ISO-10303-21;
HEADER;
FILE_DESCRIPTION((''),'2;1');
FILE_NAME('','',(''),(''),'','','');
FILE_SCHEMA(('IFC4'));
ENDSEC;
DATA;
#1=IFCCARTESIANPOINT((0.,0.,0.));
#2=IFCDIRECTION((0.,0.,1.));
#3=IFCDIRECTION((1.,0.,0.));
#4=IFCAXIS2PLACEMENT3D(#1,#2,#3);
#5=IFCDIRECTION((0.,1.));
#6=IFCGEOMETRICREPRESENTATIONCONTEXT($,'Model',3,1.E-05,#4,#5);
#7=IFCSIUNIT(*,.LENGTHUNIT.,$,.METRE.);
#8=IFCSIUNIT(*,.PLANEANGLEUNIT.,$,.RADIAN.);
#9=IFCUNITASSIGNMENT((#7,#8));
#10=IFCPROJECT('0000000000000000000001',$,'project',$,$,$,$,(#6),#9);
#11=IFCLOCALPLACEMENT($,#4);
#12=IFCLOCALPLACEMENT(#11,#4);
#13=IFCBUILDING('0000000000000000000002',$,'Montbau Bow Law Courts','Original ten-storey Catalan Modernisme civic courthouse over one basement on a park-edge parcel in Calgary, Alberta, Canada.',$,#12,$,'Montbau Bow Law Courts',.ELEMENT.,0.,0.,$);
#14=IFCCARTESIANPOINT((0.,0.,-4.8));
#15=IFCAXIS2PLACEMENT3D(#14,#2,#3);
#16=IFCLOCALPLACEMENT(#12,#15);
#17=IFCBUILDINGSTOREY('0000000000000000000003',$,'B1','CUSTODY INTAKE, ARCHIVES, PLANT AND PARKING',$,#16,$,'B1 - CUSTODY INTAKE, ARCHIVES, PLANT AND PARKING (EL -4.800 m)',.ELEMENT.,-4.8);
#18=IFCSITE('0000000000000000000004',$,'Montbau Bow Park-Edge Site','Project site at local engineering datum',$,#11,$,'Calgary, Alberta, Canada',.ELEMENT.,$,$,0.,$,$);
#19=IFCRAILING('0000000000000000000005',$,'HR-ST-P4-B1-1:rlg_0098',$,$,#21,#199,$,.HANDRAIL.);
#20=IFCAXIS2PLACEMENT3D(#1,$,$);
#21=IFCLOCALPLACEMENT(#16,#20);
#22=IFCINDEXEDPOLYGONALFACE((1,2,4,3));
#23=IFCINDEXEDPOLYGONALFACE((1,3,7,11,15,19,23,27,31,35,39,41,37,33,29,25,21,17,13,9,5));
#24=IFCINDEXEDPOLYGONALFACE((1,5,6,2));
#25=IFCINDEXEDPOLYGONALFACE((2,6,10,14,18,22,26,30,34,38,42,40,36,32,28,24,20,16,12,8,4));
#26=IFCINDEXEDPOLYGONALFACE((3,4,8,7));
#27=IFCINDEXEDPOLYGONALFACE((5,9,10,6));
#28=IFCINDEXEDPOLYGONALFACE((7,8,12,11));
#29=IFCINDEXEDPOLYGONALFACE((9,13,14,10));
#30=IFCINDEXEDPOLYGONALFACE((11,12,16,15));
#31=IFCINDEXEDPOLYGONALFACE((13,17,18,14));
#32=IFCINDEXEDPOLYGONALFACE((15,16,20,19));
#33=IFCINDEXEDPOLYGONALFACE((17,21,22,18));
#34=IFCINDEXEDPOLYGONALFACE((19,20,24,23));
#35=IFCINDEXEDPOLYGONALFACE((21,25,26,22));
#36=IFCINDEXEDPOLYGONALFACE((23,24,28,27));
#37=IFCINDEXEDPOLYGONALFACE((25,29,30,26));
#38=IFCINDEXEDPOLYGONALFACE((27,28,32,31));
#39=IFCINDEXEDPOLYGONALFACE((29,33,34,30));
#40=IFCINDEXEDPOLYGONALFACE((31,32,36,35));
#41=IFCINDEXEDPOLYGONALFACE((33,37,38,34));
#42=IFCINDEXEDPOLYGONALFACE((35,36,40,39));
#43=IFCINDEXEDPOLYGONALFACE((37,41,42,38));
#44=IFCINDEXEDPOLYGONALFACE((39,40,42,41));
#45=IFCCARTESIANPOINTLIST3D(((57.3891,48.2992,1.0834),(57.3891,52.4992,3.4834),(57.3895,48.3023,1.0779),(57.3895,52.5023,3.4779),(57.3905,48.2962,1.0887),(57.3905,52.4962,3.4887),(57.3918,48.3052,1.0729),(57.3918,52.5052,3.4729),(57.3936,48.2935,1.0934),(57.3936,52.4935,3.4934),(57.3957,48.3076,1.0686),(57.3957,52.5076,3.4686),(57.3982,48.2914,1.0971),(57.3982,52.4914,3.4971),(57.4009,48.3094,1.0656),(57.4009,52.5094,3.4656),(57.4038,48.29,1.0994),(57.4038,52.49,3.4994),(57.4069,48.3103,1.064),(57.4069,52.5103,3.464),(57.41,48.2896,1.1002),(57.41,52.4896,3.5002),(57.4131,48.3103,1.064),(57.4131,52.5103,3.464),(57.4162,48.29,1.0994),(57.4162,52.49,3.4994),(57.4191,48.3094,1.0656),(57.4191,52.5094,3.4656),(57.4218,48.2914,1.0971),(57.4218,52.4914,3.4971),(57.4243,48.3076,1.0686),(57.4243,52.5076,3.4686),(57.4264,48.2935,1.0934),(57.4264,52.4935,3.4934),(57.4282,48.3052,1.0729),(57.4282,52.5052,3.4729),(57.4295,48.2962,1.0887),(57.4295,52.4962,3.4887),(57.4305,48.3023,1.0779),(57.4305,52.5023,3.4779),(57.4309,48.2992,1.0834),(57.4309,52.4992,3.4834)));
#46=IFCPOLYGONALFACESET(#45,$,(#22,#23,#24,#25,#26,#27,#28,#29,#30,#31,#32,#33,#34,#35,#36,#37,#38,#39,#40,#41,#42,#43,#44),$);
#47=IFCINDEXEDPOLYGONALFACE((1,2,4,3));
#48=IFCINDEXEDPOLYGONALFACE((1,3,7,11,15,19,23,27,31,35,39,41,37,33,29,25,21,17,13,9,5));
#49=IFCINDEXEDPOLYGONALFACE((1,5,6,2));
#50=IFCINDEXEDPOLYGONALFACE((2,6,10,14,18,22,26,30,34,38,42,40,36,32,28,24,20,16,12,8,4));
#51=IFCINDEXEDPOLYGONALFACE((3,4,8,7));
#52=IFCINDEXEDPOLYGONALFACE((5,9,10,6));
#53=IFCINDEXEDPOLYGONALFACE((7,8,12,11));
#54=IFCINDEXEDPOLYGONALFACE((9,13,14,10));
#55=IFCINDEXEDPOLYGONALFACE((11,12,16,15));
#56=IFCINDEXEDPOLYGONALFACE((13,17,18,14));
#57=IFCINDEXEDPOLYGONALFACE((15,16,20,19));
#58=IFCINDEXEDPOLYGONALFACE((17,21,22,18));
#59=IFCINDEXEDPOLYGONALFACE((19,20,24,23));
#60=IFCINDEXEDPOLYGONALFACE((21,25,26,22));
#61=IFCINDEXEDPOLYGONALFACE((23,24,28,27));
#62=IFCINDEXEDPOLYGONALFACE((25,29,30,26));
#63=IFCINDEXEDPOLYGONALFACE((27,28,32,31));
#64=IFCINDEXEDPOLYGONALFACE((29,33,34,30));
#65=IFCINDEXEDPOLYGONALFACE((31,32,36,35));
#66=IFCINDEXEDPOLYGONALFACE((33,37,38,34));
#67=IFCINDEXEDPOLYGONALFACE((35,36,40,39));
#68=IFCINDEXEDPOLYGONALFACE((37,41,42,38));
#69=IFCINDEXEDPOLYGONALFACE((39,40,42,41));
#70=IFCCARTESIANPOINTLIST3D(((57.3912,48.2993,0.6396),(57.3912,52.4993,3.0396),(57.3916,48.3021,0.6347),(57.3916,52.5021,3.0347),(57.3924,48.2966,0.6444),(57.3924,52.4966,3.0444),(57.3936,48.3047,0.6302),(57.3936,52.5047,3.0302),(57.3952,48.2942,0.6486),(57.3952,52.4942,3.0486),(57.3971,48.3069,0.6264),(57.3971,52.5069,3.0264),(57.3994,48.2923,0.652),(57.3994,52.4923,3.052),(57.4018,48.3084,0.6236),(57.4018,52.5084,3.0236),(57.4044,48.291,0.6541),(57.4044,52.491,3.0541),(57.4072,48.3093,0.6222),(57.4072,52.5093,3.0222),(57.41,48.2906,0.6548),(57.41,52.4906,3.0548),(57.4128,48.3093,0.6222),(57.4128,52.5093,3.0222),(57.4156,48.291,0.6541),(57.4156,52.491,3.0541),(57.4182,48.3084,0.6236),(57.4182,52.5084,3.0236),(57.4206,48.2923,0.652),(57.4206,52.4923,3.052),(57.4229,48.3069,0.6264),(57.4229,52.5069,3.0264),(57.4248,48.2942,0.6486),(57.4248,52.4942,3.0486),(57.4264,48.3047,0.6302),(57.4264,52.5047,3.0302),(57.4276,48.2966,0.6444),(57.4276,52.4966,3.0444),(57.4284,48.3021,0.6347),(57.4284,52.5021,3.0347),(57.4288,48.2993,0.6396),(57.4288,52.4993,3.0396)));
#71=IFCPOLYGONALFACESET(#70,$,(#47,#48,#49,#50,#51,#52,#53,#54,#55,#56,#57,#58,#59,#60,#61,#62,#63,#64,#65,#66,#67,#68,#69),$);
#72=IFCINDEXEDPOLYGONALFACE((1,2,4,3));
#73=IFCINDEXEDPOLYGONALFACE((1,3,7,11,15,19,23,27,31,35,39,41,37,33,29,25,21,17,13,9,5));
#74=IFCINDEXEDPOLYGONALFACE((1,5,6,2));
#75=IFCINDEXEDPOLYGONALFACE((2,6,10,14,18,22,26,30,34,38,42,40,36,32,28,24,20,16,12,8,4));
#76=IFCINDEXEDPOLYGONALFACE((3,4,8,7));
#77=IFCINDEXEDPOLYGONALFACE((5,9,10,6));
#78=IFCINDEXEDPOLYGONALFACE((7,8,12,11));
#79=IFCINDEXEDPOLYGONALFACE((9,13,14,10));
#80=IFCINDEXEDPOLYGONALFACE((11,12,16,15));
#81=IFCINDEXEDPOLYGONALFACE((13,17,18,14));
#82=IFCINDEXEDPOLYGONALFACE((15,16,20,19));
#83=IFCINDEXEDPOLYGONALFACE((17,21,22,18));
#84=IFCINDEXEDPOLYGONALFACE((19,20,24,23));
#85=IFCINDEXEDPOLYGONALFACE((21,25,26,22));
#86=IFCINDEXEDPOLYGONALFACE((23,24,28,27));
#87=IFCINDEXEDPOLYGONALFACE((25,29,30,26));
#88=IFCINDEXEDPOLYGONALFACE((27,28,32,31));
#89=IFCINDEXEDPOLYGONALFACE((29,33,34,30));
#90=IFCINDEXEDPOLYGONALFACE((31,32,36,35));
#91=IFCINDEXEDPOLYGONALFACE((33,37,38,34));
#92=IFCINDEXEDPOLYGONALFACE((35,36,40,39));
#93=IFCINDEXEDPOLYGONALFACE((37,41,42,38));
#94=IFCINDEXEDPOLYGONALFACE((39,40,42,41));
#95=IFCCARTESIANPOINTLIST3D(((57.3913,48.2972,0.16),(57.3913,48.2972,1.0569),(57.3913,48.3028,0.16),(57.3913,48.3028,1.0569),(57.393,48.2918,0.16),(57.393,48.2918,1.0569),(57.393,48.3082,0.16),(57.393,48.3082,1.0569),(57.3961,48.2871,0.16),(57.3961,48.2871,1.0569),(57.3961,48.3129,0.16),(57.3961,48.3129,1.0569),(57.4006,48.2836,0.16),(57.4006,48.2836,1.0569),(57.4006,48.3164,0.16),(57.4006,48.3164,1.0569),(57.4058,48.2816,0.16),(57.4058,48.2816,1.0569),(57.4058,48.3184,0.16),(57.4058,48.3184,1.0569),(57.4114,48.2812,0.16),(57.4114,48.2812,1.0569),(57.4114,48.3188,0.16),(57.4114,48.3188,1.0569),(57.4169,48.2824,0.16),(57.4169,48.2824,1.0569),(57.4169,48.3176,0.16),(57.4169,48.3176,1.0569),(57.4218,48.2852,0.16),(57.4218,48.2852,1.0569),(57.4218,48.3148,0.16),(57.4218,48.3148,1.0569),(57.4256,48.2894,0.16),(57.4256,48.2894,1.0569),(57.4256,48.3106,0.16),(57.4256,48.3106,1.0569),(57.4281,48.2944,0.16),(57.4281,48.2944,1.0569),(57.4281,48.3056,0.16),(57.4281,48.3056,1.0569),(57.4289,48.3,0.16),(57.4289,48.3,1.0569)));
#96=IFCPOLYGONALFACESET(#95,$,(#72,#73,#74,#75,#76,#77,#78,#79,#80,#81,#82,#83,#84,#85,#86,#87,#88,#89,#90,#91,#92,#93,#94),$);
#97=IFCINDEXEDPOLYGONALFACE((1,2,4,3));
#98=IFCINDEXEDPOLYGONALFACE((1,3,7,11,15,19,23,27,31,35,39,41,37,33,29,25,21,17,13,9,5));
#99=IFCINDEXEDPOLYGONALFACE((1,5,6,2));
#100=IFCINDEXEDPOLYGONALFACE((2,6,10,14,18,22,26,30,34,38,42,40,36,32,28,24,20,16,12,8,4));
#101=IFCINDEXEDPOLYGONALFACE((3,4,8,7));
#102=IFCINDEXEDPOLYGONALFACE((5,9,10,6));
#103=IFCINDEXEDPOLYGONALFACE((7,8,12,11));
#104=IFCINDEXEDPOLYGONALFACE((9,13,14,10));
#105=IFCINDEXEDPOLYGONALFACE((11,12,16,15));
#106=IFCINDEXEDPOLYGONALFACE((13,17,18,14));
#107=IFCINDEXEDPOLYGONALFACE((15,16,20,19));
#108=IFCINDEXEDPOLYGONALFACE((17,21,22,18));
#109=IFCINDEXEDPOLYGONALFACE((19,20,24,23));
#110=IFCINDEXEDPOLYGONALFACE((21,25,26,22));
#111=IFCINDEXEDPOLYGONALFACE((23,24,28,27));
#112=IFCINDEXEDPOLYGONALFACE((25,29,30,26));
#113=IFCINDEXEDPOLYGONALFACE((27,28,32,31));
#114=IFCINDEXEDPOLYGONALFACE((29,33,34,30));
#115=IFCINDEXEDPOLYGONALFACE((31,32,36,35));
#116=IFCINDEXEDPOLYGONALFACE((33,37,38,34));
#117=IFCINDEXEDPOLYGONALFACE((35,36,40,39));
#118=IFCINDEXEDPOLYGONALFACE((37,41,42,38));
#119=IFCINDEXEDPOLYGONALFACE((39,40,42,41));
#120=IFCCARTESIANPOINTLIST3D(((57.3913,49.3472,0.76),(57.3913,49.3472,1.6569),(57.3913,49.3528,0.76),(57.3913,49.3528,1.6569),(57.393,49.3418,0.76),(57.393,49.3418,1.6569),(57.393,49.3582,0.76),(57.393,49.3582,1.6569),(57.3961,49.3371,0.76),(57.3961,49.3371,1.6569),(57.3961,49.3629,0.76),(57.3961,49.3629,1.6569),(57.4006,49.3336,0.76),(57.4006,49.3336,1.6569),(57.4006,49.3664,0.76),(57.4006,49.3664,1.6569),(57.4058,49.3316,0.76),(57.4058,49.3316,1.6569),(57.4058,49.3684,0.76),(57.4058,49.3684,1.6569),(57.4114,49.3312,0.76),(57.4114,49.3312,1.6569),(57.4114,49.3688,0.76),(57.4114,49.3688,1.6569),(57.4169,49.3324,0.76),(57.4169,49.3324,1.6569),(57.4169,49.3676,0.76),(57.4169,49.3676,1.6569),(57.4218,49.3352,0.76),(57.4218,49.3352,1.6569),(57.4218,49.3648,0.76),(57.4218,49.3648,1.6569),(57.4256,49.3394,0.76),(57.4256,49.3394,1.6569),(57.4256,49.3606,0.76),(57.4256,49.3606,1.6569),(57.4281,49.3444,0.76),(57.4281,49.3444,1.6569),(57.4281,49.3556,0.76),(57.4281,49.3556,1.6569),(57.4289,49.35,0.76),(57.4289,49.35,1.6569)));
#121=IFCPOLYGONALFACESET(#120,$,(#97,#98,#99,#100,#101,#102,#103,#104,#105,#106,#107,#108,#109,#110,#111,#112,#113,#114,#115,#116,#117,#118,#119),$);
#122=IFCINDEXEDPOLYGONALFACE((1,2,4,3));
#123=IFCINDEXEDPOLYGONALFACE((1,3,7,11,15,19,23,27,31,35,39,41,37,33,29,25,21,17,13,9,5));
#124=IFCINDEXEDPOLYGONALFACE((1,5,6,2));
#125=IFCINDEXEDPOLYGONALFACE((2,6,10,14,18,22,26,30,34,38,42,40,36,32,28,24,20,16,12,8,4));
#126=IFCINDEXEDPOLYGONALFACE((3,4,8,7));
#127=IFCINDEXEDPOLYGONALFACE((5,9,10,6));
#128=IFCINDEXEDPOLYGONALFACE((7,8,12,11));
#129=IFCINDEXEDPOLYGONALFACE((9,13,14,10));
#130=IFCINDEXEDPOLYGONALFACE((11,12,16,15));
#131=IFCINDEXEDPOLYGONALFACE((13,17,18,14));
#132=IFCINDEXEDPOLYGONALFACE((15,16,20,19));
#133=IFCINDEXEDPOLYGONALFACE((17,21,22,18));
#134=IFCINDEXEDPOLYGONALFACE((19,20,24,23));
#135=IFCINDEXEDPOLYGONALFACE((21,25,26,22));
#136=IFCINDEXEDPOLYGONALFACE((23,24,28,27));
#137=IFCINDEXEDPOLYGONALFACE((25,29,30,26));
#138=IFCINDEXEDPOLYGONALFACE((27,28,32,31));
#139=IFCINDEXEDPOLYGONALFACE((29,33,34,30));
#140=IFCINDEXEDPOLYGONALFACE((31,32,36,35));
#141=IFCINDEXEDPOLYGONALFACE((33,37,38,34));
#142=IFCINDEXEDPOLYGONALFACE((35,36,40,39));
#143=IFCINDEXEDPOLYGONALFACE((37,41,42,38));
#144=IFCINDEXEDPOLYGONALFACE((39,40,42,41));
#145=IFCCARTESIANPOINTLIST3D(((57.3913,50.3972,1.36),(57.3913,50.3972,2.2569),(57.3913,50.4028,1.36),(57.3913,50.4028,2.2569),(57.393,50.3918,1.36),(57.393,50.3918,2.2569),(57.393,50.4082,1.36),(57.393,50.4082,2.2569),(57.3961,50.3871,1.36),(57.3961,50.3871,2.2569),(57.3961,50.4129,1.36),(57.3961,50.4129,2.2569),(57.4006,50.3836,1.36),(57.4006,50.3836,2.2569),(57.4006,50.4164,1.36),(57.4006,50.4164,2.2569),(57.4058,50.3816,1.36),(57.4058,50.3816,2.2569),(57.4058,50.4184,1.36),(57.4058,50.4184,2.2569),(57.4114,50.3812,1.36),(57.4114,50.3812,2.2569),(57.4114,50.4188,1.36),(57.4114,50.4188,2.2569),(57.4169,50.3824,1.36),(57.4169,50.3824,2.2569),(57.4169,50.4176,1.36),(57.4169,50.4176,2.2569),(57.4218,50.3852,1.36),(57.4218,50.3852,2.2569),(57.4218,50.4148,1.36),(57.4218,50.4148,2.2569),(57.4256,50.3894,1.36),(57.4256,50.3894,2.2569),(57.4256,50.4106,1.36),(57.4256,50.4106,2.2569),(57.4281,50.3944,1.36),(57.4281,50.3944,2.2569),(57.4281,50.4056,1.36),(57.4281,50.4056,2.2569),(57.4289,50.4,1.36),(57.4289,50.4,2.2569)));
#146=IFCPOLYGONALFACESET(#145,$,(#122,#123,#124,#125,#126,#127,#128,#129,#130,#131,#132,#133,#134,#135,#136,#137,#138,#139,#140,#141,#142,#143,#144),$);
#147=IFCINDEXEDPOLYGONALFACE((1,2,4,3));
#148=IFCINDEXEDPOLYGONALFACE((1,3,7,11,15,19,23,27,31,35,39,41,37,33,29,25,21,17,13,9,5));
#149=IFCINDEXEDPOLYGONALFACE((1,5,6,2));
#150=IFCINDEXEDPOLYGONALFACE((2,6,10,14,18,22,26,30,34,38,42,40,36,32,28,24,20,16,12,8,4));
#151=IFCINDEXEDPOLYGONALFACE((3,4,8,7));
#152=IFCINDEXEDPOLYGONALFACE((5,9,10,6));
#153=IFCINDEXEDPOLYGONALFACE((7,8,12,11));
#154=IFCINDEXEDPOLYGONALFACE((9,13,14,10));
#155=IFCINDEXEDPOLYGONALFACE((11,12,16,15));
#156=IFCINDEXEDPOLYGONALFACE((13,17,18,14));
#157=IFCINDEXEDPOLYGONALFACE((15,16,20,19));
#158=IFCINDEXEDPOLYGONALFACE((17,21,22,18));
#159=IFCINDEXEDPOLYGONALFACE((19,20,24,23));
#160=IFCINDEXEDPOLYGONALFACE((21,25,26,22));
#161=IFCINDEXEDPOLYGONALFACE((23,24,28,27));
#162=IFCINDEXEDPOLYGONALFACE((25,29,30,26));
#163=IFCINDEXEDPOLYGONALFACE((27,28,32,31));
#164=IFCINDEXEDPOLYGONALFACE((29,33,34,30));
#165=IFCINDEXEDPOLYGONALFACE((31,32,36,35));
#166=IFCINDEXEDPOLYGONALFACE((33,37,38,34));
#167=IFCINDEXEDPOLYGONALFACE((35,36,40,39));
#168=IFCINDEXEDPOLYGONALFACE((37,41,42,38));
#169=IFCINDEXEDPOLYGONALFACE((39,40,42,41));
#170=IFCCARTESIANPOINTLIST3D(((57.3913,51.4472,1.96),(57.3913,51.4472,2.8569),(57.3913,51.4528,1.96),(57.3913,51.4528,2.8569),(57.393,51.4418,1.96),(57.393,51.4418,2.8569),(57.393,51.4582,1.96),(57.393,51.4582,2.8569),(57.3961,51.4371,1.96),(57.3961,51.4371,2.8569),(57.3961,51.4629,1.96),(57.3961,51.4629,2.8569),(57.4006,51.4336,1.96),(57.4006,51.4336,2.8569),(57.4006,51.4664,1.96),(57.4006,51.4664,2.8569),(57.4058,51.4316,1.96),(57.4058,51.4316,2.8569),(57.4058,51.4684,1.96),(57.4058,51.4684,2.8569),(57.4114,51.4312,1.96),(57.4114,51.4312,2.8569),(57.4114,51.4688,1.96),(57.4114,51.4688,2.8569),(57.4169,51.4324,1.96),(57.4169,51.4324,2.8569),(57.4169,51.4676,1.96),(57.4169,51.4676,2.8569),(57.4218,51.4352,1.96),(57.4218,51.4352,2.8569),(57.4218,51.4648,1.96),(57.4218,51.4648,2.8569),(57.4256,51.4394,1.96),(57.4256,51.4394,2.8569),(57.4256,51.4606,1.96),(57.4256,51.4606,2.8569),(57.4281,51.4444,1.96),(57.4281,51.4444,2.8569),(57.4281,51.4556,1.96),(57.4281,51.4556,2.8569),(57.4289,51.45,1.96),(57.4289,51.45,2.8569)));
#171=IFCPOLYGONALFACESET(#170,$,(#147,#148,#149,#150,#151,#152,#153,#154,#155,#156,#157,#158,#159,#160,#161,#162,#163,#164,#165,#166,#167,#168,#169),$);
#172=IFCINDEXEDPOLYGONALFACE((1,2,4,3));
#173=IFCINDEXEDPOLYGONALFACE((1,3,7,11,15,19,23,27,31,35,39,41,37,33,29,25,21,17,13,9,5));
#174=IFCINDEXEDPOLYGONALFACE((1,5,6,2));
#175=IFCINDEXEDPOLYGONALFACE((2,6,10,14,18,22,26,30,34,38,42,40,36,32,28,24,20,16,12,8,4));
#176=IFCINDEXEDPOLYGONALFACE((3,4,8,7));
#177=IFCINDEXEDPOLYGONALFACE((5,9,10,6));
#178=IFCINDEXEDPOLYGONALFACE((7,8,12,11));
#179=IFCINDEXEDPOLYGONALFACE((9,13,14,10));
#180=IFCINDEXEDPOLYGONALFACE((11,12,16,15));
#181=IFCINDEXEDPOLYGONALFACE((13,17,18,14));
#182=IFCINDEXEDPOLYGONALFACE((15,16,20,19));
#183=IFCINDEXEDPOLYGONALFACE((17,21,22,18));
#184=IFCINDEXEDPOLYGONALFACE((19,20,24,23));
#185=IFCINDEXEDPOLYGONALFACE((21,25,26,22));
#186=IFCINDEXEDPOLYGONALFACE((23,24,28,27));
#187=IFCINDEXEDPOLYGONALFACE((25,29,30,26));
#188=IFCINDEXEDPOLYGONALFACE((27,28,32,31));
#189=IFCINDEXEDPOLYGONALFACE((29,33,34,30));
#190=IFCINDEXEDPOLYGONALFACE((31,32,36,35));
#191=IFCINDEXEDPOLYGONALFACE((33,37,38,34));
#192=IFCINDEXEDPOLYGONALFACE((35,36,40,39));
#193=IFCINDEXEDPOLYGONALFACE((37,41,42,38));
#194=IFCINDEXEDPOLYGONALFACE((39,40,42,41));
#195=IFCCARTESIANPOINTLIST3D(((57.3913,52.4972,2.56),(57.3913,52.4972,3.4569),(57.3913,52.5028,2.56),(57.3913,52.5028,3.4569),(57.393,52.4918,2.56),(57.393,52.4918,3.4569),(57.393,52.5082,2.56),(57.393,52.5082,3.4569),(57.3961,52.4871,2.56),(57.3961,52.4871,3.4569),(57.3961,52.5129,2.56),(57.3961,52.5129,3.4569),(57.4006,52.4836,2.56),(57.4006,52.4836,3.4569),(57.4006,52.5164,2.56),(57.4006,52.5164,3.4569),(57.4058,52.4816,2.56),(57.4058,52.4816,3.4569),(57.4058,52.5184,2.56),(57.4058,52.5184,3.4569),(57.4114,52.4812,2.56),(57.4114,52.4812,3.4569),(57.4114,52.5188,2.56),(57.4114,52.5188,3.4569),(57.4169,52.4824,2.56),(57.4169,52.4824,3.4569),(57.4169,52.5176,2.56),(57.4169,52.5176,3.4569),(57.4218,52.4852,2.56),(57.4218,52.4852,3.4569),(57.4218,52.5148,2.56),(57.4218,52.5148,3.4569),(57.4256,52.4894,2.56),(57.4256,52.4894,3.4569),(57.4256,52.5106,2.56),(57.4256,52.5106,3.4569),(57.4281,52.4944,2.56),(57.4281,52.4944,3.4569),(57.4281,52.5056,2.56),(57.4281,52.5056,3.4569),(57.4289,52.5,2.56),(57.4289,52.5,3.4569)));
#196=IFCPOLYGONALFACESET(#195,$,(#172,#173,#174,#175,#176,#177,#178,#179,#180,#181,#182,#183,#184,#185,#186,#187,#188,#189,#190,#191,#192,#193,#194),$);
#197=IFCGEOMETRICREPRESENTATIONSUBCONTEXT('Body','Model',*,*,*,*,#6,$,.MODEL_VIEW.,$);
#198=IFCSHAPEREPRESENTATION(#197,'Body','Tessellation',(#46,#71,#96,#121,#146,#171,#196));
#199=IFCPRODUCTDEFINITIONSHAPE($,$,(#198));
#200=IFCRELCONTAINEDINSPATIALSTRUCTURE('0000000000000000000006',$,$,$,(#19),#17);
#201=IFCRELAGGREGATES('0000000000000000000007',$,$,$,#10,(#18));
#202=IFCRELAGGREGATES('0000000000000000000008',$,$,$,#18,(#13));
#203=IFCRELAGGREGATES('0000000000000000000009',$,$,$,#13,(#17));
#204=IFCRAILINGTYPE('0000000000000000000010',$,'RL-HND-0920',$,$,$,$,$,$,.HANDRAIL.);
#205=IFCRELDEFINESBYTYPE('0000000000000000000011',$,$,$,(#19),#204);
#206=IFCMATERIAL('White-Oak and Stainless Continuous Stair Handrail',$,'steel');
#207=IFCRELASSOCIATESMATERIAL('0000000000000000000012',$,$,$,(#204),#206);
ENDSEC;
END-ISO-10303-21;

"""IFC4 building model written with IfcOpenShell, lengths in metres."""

from ifc_helpers import new_model, si_unit, direction, frame, origin_with_axes, origin_2d_with_axis, place, context, subcontext, project, spatial, circle, extrude, material, type_object, element, save


model = new_model("IFC4")

# Units and contexts
model_context = context("Model", 3, precision=1e-05, world=origin_with_axes(), true_north=direction((0.0, 1.0)))
body_context = subcontext(model_context, "Body", "Model", "MODEL_VIEW")
ifc_project = project(units=[si_unit("LENGTHUNIT", "METRE"), si_unit("PLANEANGLEUNIT", "RADIAN")], contexts=[model_context])

# Site, building, storey
site_placement = place(None, origin_with_axes())
site = spatial("IfcSite", under=ifc_project, at=site_placement, Name="Montbau Bow Park-Edge Site", Description="Project site at local engineering datum", LongName="Calgary, Alberta, Canada", CompositionType="ELEMENT", RefElevation=0.0)
building_placement = place(site_placement, origin_with_axes())
building = spatial("IfcBuilding", under=site, at=building_placement, Name="Montbau Bow Law Courts", Description="Original ten-storey Catalan Modernisme civic courthouse over one basement on a park-edge parcel in Calgary, Alberta, Canada.", LongName="Montbau Bow Law Courts", CompositionType="ELEMENT", ElevationOfRefHeight=0.0, ElevationOfTerrain=0.0)
storey_placement = place(building_placement, frame((0.0, 0.0, -4.8), z_axis=(0.0, 0.0, 1.0), x_axis=(1.0, 0.0, 0.0)))
storey = spatial("IfcBuildingStorey", under=building, at=storey_placement, Name="B1", Description="CUSTODY INTAKE, ARCHIVES, PLANT AND PARKING", LongName="B1 - CUSTODY INTAKE, ARCHIVES, PLANT AND PARKING (EL -4.800 m)", CompositionType="ELEMENT", Elevation=-4.8)

# Railing
ifc_material_1 = material(Name="White-Oak and Stainless Continuous Stair Handrail", Category="steel")
railing_type_1 = type_object("IfcRailingType", Name="RL-HND-0920", PredefinedType="HANDRAIL", material=ifc_material_1)
railing_1_placement = place(None, origin_with_axes())
element("IfcRailing", 1, at=railing_1_placement, inside=storey, type_object=railing_type_1, Name="HR-ST-P4-B1-1:rlg_0098", PredefinedType="HANDRAIL", context=body_context, shape_type="SweptSolid", body=[
    extrude(circle(Radius=0.021, at=origin_2d_with_axis()), frame((57.41, 48.3, -3.718), z_axis=(0.0, 0.868243, 0.496139), x_axis=(0.0, -0.496139, 0.868243)), (0.0, 0.0, 1.0), 4.8374),
    extrude(circle(Radius=0.0189, at=origin_2d_with_axis()), frame((57.41, 48.3, -4.1616), z_axis=(0.0, 0.868243, 0.496139), x_axis=(0.0, -0.496139, 0.868243)), (0.0, 0.0, 1.0), 4.8374),
    extrude(circle(Radius=0.0189, at=origin_2d_with_axis()), frame((57.41, 48.3, -4.64), z_axis=(0.0, 0.0, 1.0), x_axis=(1.0, 0.0, 0.0)), (0.0, 0.0, 1.0), 0.8969),
    extrude(circle(Radius=0.0189, at=origin_2d_with_axis()), frame((57.41, 49.35, -4.04), z_axis=(0.0, 0.0, 1.0), x_axis=(1.0, 0.0, 0.0)), (0.0, 0.0, 1.0), 0.8969),
    extrude(circle(Radius=0.0189, at=origin_2d_with_axis()), frame((57.41, 50.4, -3.44), z_axis=(0.0, 0.0, 1.0), x_axis=(1.0, 0.0, 0.0)), (0.0, 0.0, 1.0), 0.8969),
    extrude(circle(Radius=0.0189, at=origin_2d_with_axis()), frame((57.41, 51.45, -2.84), z_axis=(0.0, 0.0, 1.0), x_axis=(1.0, 0.0, 0.0)), (0.0, 0.0, 1.0), 0.8969),
    extrude(circle(Radius=0.0189, at=origin_2d_with_axis()), frame((57.41, 52.5, -2.24), z_axis=(0.0, 0.0, 1.0), x_axis=(1.0, 0.0, 0.0)), (0.0, 0.0, 1.0), 0.8969),
])

save(model, "model.ifc")
